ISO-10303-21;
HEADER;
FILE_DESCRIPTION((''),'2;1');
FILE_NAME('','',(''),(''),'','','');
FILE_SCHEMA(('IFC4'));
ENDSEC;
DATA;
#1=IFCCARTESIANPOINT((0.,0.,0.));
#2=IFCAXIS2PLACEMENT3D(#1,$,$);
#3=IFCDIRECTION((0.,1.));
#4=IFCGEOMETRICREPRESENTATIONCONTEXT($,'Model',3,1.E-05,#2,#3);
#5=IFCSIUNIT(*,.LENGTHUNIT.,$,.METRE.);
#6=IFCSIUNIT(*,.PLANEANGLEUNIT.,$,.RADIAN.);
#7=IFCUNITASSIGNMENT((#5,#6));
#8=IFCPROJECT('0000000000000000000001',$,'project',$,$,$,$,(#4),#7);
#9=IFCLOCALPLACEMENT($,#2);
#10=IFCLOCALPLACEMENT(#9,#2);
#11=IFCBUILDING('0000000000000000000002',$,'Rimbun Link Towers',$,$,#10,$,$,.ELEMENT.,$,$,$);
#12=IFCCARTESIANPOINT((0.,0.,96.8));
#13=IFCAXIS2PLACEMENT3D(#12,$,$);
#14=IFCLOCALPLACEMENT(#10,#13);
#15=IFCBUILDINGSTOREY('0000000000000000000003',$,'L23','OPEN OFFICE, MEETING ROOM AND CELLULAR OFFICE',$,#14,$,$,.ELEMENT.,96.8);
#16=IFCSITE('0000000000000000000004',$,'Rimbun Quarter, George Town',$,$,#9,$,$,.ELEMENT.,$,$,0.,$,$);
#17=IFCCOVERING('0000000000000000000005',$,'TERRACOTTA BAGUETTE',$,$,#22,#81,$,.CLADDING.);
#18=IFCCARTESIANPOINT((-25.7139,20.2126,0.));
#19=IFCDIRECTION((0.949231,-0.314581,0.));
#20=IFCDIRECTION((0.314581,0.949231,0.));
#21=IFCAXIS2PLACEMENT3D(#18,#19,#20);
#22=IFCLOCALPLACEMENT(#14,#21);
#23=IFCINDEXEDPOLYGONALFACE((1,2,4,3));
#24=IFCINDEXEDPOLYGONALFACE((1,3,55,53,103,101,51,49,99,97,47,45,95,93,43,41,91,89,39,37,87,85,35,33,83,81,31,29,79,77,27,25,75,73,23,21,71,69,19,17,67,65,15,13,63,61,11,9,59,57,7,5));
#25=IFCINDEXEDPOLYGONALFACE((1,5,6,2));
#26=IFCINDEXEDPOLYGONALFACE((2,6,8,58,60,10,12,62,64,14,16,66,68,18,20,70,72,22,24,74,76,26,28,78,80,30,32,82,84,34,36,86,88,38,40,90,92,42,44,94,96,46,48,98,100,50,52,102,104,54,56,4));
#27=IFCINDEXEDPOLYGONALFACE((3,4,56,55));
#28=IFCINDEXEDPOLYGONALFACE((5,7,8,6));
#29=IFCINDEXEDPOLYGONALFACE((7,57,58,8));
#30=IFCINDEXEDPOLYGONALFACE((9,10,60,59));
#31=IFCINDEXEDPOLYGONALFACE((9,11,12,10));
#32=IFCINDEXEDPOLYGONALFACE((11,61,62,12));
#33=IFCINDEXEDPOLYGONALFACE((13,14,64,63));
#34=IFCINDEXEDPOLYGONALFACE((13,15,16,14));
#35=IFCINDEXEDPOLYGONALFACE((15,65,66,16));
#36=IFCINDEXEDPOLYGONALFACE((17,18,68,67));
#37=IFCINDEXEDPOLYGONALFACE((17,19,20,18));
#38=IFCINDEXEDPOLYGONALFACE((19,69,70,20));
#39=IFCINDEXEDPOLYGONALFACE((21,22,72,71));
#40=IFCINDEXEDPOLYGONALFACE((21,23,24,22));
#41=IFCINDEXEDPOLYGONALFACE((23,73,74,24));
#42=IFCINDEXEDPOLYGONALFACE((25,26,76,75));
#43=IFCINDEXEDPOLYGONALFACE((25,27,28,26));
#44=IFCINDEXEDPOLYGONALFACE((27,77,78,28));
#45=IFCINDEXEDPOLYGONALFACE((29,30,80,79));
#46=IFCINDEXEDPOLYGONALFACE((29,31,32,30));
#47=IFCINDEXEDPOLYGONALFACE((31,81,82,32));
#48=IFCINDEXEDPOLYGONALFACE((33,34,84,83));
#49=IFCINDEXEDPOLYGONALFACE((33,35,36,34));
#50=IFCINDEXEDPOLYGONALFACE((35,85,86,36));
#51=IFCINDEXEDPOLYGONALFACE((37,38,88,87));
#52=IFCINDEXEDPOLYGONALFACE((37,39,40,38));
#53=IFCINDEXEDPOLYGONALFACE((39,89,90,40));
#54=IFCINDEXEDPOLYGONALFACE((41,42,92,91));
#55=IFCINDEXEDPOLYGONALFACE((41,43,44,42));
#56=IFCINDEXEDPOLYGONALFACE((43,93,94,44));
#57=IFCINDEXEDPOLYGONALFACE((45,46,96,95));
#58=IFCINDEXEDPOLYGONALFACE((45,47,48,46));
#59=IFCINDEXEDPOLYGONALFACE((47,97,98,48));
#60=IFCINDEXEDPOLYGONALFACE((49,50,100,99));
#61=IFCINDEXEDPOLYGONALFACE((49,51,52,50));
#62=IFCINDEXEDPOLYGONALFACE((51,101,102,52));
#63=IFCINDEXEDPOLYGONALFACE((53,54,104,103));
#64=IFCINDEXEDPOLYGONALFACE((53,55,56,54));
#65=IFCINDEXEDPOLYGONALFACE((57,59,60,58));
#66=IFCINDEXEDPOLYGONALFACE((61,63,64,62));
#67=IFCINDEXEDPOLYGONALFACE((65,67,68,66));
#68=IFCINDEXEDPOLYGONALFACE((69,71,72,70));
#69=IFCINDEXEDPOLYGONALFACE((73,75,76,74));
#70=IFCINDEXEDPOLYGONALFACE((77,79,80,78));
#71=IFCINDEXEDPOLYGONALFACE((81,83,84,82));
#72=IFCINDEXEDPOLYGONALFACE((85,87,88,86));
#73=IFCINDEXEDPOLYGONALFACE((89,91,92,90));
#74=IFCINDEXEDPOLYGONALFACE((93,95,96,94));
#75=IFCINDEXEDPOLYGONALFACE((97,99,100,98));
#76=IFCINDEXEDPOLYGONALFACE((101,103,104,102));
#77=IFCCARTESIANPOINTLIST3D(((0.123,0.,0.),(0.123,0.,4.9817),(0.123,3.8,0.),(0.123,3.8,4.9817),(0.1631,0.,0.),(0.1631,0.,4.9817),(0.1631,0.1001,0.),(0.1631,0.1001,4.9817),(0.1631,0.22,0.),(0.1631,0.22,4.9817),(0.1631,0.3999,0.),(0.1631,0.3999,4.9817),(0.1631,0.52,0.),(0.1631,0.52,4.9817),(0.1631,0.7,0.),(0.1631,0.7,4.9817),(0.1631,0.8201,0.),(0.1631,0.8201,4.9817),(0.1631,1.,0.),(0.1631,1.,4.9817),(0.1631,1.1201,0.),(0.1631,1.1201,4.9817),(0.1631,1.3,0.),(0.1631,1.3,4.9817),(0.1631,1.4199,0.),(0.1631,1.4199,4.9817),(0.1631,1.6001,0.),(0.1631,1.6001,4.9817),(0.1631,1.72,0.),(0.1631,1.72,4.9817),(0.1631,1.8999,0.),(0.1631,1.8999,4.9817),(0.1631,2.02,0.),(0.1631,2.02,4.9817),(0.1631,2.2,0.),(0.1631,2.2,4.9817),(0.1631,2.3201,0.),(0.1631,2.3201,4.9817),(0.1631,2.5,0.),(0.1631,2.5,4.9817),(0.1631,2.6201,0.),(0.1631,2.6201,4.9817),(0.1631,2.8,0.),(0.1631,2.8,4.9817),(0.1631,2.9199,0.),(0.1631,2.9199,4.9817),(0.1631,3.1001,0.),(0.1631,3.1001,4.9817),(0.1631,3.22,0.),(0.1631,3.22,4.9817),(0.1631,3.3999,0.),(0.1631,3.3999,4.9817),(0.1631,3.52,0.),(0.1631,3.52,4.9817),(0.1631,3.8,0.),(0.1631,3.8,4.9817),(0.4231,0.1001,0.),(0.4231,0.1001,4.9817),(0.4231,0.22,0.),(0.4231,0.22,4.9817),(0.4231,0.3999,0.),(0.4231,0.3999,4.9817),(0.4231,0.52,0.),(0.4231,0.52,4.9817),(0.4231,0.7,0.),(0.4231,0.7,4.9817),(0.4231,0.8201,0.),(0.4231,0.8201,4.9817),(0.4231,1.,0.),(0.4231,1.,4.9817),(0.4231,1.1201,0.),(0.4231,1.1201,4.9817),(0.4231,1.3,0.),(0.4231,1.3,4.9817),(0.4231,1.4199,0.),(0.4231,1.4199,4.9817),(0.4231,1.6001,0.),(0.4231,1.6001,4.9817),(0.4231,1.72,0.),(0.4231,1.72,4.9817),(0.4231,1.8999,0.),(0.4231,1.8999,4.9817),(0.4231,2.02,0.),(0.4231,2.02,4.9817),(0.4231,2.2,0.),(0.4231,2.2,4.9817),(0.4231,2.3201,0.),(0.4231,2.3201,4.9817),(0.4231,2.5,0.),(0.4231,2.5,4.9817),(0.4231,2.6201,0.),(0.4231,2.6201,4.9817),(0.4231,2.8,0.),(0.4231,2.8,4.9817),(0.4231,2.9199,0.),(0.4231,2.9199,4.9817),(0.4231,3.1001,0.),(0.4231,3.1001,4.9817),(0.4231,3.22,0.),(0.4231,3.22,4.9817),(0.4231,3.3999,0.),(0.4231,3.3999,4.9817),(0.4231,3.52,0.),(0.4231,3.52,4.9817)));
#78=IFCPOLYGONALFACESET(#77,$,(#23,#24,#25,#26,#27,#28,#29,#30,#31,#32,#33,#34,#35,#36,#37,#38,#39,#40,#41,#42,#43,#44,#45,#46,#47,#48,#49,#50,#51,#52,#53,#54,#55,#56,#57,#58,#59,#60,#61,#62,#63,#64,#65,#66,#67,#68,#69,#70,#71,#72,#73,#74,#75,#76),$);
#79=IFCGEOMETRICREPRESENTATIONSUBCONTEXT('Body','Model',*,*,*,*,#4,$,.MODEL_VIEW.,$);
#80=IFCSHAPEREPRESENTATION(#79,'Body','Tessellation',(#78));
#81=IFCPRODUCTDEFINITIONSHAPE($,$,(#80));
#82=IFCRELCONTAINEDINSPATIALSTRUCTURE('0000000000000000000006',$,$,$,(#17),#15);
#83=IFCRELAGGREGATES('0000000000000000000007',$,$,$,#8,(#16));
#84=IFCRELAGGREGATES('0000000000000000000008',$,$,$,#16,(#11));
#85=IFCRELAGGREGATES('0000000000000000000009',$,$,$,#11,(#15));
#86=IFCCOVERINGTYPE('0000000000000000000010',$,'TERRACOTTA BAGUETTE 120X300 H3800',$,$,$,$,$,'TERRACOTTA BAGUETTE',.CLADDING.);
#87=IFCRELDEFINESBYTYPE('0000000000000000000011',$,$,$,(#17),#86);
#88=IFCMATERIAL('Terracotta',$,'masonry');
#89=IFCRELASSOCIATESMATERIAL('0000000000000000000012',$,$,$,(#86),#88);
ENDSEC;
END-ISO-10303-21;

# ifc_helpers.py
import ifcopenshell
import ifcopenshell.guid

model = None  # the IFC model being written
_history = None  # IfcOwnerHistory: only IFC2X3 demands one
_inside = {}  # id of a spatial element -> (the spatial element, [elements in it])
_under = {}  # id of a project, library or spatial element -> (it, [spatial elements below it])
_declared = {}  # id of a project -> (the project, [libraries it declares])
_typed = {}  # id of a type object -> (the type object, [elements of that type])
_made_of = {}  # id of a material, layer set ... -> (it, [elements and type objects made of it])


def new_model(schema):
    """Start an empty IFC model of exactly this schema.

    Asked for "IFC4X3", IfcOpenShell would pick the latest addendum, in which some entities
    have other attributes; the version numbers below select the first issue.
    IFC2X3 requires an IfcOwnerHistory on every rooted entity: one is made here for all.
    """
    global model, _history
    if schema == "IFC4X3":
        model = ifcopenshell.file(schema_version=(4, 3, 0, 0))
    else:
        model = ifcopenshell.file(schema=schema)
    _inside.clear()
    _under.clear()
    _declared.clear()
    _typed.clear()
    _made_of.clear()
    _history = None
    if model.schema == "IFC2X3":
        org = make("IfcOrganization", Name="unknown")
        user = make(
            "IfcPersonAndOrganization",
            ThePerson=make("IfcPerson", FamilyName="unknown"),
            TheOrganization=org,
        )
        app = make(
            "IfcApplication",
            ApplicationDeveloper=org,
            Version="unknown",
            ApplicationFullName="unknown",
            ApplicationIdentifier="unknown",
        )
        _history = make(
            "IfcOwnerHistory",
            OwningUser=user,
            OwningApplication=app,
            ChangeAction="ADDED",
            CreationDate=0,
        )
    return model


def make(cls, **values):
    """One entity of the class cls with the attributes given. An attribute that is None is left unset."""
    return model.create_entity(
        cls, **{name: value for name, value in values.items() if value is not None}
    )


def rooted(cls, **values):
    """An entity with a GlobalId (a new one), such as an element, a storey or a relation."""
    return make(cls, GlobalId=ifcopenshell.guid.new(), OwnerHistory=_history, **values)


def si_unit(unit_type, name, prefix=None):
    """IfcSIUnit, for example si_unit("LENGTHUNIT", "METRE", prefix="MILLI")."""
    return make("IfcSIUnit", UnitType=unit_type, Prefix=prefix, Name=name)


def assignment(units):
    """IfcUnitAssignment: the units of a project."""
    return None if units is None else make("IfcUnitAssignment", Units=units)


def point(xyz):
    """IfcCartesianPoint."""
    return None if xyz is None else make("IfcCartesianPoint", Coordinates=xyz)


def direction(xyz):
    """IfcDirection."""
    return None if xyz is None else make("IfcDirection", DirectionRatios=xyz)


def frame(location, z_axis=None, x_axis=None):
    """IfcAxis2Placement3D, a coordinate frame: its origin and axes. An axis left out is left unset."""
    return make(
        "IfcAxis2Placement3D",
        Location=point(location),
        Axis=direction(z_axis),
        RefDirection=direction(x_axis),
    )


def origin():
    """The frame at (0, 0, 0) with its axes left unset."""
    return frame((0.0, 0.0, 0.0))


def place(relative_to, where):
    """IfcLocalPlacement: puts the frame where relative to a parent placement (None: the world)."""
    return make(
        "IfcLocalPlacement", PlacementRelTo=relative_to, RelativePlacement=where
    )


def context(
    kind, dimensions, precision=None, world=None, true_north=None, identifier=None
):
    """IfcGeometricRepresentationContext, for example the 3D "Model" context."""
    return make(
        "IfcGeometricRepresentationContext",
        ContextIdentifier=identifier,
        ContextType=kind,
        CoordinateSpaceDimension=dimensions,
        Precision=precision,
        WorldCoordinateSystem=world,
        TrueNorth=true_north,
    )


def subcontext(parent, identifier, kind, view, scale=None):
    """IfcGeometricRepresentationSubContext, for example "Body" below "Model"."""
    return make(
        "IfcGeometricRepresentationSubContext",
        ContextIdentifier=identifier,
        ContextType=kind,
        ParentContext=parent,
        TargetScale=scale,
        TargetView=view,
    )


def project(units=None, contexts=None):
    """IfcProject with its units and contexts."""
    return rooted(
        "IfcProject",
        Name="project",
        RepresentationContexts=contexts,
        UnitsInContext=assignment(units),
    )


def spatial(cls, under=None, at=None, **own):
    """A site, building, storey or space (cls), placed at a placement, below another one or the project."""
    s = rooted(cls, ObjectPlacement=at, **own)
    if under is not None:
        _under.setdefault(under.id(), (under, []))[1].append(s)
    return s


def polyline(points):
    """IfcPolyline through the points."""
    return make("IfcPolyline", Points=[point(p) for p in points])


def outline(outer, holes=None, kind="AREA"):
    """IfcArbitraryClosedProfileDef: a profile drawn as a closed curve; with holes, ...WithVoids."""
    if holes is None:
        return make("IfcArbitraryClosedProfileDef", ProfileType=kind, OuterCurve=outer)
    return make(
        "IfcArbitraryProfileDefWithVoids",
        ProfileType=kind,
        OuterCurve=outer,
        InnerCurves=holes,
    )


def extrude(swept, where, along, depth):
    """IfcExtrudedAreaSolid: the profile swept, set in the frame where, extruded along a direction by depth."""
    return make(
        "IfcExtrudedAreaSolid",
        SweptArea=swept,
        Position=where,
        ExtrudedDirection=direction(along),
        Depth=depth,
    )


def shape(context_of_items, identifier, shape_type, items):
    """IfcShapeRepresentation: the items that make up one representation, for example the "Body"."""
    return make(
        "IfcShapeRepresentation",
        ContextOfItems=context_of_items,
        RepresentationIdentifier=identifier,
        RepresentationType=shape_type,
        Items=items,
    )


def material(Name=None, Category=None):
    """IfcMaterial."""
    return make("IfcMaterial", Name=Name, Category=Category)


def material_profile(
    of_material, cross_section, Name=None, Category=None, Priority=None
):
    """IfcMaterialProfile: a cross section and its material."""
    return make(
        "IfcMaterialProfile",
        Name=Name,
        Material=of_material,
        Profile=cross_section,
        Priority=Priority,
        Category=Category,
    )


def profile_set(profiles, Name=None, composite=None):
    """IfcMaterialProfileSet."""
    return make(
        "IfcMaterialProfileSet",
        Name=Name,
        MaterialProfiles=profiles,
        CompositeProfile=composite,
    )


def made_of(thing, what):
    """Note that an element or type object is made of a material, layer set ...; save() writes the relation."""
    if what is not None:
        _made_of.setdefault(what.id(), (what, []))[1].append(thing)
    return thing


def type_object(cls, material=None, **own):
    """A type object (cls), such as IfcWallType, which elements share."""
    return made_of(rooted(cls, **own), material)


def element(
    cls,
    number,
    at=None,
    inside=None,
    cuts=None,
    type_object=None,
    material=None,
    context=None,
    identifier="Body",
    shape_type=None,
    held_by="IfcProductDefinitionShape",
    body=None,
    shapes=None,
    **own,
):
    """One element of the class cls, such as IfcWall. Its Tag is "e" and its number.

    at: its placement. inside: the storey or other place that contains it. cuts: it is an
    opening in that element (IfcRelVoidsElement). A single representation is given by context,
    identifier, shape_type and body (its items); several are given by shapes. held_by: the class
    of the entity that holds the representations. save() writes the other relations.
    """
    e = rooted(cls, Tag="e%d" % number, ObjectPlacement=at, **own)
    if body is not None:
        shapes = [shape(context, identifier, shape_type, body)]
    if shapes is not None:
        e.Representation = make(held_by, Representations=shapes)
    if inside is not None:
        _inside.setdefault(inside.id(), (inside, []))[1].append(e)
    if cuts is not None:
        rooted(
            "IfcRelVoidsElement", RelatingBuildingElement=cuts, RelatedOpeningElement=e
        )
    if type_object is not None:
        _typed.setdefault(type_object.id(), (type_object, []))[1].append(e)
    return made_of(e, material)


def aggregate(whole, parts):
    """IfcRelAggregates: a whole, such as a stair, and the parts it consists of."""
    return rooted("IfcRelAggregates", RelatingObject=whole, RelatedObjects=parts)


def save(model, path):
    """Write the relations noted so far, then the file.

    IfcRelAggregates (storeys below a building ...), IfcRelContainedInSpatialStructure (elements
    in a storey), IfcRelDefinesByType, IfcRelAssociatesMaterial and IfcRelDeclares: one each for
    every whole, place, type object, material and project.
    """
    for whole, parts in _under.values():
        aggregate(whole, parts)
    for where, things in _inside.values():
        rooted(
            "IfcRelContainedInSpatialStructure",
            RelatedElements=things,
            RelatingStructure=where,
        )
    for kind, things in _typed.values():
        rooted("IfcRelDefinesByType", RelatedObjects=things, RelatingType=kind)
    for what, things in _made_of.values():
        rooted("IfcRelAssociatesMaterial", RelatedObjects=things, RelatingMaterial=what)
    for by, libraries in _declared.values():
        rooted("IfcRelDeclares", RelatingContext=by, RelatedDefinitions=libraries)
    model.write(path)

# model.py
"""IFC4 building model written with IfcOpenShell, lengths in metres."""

from ifc_helpers import new_model, si_unit, direction, frame, origin, place, context, subcontext, project, spatial, polyline, outline, extrude, material, material_profile, profile_set, type_object, element, save


model = new_model("IFC4")

# Units and contexts
model_context = context("Model", 3, precision=1e-05, world=origin(), true_north=direction((0.0, 1.0)))
body_context = subcontext(model_context, "Body", "Model", "MODEL_VIEW")
ifc_project = project(units=[si_unit("LENGTHUNIT", "METRE"), si_unit("PLANEANGLEUNIT", "RADIAN")], contexts=[model_context])

# Site, building, storey
site_placement = place(None, origin())
site = spatial("IfcSite", under=ifc_project, at=site_placement, Name="Rimbun Quarter, George Town", CompositionType="ELEMENT", RefElevation=0.0)
building_placement = place(site_placement, origin())
building = spatial("IfcBuilding", under=site, at=building_placement, Name="Rimbun Link Towers", CompositionType="ELEMENT")
storey_placement = place(building_placement, frame((0.0, 0.0, 96.8)))
storey = spatial("IfcBuildingStorey", under=building, at=storey_placement, Name="L23", Description="OPEN OFFICE, MEETING ROOM AND CELLULAR OFFICE", CompositionType="ELEMENT", Elevation=96.8)

# Covering
ifc_material_1 = material(Name="Terracotta", Category="masonry")
ifc_material_profile_1 = material_profile(ifc_material_1, outline(polyline([(0.123, 0.0), (0.1631, 0.0), (0.1631, 0.1001), (0.4231, 0.1001), (0.4231, 0.22), (0.1631, 0.22), (0.1631, 0.3999), (0.4231, 0.3999), (0.4231, 0.52), (0.1631, 0.52), (0.1631, 0.7), (0.4231, 0.7), (0.4231, 0.8201), (0.1631, 0.8201), (0.1631, 1.0), (0.4231, 1.0), (0.4231, 1.1201), (0.1631, 1.1201), (0.1631, 1.3), (0.4231, 1.3), (0.4231, 1.4199), (0.1631, 1.4199), (0.1631, 1.6001), (0.4231, 1.6001), (0.4231, 1.72), (0.1631, 1.72), (0.1631, 1.8999), (0.4231, 1.8999), (0.4231, 2.02), (0.1631, 2.02), (0.1631, 2.2), (0.4231, 2.2), (0.4231, 2.3201), (0.1631, 2.3201), (0.1631, 2.5), (0.4231, 2.5), (0.4231, 2.6201), (0.1631, 2.6201), (0.1631, 2.8), (0.4231, 2.8), (0.4231, 2.9199), (0.1631, 2.9199), (0.1631, 3.1001), (0.4231, 3.1001), (0.4231, 3.22), (0.1631, 3.22), (0.1631, 3.3999), (0.4231, 3.3999), (0.4231, 3.52), (0.1631, 3.52), (0.1631, 3.8), (0.123, 3.8), (0.123, 0.0)])), Name="BAGUETTE 120X300")
ifc_profile_set_1 = profile_set([ifc_material_profile_1], Name="Terracotta")
covering_type = type_object("IfcCoveringType", Name="TERRACOTTA BAGUETTE 120X300 H3800", ElementType="TERRACOTTA BAGUETTE", PredefinedType="CLADDING", material=ifc_profile_set_1)
covering_1_placement = place(storey_placement, frame((-25.7139, 20.2126, 0.0), z_axis=(0.949231, -0.314581, 0.0), x_axis=(0.314581, 0.949231, 0.0)))
element("IfcCovering", 1, at=covering_1_placement, inside=storey, type_object=covering_type, Name="TERRACOTTA BAGUETTE", PredefinedType="CLADDING", context=body_context, shape_type="SweptSolid", body=[
    extrude(outline(polyline([(0.123, 0.0), (0.1631, 0.0), (0.1631, 0.1001), (0.4231, 0.1001), (0.4231, 0.22), (0.1631, 0.22), (0.1631, 0.3999), (0.4231, 0.3999), (0.4231, 0.52), (0.1631, 0.52), (0.1631, 0.7), (0.4231, 0.7), (0.4231, 0.8201), (0.1631, 0.8201), (0.1631, 1.0), (0.4231, 1.0), (0.4231, 1.1201), (0.1631, 1.1201), (0.1631, 1.3), (0.4231, 1.3), (0.4231, 1.4199), (0.1631, 1.4199), (0.1631, 1.6001), (0.4231, 1.6001), (0.4231, 1.72), (0.1631, 1.72), (0.1631, 1.8999), (0.4231, 1.8999), (0.4231, 2.02), (0.1631, 2.02), (0.1631, 2.2), (0.4231, 2.2), (0.4231, 2.3201), (0.1631, 2.3201), (0.1631, 2.5), (0.4231, 2.5), (0.4231, 2.6201), (0.1631, 2.6201), (0.1631, 2.8), (0.4231, 2.8), (0.4231, 2.9199), (0.1631, 2.9199), (0.1631, 3.1001), (0.4231, 3.1001), (0.4231, 3.22), (0.1631, 3.22), (0.1631, 3.3999), (0.4231, 3.3999), (0.4231, 3.52), (0.1631, 3.52), (0.1631, 3.8), (0.123, 3.8), (0.123, 0.0)])), origin(), (0.0, 0.0, 1.0), 4.9817),
])

save(model, "model.ifc")
